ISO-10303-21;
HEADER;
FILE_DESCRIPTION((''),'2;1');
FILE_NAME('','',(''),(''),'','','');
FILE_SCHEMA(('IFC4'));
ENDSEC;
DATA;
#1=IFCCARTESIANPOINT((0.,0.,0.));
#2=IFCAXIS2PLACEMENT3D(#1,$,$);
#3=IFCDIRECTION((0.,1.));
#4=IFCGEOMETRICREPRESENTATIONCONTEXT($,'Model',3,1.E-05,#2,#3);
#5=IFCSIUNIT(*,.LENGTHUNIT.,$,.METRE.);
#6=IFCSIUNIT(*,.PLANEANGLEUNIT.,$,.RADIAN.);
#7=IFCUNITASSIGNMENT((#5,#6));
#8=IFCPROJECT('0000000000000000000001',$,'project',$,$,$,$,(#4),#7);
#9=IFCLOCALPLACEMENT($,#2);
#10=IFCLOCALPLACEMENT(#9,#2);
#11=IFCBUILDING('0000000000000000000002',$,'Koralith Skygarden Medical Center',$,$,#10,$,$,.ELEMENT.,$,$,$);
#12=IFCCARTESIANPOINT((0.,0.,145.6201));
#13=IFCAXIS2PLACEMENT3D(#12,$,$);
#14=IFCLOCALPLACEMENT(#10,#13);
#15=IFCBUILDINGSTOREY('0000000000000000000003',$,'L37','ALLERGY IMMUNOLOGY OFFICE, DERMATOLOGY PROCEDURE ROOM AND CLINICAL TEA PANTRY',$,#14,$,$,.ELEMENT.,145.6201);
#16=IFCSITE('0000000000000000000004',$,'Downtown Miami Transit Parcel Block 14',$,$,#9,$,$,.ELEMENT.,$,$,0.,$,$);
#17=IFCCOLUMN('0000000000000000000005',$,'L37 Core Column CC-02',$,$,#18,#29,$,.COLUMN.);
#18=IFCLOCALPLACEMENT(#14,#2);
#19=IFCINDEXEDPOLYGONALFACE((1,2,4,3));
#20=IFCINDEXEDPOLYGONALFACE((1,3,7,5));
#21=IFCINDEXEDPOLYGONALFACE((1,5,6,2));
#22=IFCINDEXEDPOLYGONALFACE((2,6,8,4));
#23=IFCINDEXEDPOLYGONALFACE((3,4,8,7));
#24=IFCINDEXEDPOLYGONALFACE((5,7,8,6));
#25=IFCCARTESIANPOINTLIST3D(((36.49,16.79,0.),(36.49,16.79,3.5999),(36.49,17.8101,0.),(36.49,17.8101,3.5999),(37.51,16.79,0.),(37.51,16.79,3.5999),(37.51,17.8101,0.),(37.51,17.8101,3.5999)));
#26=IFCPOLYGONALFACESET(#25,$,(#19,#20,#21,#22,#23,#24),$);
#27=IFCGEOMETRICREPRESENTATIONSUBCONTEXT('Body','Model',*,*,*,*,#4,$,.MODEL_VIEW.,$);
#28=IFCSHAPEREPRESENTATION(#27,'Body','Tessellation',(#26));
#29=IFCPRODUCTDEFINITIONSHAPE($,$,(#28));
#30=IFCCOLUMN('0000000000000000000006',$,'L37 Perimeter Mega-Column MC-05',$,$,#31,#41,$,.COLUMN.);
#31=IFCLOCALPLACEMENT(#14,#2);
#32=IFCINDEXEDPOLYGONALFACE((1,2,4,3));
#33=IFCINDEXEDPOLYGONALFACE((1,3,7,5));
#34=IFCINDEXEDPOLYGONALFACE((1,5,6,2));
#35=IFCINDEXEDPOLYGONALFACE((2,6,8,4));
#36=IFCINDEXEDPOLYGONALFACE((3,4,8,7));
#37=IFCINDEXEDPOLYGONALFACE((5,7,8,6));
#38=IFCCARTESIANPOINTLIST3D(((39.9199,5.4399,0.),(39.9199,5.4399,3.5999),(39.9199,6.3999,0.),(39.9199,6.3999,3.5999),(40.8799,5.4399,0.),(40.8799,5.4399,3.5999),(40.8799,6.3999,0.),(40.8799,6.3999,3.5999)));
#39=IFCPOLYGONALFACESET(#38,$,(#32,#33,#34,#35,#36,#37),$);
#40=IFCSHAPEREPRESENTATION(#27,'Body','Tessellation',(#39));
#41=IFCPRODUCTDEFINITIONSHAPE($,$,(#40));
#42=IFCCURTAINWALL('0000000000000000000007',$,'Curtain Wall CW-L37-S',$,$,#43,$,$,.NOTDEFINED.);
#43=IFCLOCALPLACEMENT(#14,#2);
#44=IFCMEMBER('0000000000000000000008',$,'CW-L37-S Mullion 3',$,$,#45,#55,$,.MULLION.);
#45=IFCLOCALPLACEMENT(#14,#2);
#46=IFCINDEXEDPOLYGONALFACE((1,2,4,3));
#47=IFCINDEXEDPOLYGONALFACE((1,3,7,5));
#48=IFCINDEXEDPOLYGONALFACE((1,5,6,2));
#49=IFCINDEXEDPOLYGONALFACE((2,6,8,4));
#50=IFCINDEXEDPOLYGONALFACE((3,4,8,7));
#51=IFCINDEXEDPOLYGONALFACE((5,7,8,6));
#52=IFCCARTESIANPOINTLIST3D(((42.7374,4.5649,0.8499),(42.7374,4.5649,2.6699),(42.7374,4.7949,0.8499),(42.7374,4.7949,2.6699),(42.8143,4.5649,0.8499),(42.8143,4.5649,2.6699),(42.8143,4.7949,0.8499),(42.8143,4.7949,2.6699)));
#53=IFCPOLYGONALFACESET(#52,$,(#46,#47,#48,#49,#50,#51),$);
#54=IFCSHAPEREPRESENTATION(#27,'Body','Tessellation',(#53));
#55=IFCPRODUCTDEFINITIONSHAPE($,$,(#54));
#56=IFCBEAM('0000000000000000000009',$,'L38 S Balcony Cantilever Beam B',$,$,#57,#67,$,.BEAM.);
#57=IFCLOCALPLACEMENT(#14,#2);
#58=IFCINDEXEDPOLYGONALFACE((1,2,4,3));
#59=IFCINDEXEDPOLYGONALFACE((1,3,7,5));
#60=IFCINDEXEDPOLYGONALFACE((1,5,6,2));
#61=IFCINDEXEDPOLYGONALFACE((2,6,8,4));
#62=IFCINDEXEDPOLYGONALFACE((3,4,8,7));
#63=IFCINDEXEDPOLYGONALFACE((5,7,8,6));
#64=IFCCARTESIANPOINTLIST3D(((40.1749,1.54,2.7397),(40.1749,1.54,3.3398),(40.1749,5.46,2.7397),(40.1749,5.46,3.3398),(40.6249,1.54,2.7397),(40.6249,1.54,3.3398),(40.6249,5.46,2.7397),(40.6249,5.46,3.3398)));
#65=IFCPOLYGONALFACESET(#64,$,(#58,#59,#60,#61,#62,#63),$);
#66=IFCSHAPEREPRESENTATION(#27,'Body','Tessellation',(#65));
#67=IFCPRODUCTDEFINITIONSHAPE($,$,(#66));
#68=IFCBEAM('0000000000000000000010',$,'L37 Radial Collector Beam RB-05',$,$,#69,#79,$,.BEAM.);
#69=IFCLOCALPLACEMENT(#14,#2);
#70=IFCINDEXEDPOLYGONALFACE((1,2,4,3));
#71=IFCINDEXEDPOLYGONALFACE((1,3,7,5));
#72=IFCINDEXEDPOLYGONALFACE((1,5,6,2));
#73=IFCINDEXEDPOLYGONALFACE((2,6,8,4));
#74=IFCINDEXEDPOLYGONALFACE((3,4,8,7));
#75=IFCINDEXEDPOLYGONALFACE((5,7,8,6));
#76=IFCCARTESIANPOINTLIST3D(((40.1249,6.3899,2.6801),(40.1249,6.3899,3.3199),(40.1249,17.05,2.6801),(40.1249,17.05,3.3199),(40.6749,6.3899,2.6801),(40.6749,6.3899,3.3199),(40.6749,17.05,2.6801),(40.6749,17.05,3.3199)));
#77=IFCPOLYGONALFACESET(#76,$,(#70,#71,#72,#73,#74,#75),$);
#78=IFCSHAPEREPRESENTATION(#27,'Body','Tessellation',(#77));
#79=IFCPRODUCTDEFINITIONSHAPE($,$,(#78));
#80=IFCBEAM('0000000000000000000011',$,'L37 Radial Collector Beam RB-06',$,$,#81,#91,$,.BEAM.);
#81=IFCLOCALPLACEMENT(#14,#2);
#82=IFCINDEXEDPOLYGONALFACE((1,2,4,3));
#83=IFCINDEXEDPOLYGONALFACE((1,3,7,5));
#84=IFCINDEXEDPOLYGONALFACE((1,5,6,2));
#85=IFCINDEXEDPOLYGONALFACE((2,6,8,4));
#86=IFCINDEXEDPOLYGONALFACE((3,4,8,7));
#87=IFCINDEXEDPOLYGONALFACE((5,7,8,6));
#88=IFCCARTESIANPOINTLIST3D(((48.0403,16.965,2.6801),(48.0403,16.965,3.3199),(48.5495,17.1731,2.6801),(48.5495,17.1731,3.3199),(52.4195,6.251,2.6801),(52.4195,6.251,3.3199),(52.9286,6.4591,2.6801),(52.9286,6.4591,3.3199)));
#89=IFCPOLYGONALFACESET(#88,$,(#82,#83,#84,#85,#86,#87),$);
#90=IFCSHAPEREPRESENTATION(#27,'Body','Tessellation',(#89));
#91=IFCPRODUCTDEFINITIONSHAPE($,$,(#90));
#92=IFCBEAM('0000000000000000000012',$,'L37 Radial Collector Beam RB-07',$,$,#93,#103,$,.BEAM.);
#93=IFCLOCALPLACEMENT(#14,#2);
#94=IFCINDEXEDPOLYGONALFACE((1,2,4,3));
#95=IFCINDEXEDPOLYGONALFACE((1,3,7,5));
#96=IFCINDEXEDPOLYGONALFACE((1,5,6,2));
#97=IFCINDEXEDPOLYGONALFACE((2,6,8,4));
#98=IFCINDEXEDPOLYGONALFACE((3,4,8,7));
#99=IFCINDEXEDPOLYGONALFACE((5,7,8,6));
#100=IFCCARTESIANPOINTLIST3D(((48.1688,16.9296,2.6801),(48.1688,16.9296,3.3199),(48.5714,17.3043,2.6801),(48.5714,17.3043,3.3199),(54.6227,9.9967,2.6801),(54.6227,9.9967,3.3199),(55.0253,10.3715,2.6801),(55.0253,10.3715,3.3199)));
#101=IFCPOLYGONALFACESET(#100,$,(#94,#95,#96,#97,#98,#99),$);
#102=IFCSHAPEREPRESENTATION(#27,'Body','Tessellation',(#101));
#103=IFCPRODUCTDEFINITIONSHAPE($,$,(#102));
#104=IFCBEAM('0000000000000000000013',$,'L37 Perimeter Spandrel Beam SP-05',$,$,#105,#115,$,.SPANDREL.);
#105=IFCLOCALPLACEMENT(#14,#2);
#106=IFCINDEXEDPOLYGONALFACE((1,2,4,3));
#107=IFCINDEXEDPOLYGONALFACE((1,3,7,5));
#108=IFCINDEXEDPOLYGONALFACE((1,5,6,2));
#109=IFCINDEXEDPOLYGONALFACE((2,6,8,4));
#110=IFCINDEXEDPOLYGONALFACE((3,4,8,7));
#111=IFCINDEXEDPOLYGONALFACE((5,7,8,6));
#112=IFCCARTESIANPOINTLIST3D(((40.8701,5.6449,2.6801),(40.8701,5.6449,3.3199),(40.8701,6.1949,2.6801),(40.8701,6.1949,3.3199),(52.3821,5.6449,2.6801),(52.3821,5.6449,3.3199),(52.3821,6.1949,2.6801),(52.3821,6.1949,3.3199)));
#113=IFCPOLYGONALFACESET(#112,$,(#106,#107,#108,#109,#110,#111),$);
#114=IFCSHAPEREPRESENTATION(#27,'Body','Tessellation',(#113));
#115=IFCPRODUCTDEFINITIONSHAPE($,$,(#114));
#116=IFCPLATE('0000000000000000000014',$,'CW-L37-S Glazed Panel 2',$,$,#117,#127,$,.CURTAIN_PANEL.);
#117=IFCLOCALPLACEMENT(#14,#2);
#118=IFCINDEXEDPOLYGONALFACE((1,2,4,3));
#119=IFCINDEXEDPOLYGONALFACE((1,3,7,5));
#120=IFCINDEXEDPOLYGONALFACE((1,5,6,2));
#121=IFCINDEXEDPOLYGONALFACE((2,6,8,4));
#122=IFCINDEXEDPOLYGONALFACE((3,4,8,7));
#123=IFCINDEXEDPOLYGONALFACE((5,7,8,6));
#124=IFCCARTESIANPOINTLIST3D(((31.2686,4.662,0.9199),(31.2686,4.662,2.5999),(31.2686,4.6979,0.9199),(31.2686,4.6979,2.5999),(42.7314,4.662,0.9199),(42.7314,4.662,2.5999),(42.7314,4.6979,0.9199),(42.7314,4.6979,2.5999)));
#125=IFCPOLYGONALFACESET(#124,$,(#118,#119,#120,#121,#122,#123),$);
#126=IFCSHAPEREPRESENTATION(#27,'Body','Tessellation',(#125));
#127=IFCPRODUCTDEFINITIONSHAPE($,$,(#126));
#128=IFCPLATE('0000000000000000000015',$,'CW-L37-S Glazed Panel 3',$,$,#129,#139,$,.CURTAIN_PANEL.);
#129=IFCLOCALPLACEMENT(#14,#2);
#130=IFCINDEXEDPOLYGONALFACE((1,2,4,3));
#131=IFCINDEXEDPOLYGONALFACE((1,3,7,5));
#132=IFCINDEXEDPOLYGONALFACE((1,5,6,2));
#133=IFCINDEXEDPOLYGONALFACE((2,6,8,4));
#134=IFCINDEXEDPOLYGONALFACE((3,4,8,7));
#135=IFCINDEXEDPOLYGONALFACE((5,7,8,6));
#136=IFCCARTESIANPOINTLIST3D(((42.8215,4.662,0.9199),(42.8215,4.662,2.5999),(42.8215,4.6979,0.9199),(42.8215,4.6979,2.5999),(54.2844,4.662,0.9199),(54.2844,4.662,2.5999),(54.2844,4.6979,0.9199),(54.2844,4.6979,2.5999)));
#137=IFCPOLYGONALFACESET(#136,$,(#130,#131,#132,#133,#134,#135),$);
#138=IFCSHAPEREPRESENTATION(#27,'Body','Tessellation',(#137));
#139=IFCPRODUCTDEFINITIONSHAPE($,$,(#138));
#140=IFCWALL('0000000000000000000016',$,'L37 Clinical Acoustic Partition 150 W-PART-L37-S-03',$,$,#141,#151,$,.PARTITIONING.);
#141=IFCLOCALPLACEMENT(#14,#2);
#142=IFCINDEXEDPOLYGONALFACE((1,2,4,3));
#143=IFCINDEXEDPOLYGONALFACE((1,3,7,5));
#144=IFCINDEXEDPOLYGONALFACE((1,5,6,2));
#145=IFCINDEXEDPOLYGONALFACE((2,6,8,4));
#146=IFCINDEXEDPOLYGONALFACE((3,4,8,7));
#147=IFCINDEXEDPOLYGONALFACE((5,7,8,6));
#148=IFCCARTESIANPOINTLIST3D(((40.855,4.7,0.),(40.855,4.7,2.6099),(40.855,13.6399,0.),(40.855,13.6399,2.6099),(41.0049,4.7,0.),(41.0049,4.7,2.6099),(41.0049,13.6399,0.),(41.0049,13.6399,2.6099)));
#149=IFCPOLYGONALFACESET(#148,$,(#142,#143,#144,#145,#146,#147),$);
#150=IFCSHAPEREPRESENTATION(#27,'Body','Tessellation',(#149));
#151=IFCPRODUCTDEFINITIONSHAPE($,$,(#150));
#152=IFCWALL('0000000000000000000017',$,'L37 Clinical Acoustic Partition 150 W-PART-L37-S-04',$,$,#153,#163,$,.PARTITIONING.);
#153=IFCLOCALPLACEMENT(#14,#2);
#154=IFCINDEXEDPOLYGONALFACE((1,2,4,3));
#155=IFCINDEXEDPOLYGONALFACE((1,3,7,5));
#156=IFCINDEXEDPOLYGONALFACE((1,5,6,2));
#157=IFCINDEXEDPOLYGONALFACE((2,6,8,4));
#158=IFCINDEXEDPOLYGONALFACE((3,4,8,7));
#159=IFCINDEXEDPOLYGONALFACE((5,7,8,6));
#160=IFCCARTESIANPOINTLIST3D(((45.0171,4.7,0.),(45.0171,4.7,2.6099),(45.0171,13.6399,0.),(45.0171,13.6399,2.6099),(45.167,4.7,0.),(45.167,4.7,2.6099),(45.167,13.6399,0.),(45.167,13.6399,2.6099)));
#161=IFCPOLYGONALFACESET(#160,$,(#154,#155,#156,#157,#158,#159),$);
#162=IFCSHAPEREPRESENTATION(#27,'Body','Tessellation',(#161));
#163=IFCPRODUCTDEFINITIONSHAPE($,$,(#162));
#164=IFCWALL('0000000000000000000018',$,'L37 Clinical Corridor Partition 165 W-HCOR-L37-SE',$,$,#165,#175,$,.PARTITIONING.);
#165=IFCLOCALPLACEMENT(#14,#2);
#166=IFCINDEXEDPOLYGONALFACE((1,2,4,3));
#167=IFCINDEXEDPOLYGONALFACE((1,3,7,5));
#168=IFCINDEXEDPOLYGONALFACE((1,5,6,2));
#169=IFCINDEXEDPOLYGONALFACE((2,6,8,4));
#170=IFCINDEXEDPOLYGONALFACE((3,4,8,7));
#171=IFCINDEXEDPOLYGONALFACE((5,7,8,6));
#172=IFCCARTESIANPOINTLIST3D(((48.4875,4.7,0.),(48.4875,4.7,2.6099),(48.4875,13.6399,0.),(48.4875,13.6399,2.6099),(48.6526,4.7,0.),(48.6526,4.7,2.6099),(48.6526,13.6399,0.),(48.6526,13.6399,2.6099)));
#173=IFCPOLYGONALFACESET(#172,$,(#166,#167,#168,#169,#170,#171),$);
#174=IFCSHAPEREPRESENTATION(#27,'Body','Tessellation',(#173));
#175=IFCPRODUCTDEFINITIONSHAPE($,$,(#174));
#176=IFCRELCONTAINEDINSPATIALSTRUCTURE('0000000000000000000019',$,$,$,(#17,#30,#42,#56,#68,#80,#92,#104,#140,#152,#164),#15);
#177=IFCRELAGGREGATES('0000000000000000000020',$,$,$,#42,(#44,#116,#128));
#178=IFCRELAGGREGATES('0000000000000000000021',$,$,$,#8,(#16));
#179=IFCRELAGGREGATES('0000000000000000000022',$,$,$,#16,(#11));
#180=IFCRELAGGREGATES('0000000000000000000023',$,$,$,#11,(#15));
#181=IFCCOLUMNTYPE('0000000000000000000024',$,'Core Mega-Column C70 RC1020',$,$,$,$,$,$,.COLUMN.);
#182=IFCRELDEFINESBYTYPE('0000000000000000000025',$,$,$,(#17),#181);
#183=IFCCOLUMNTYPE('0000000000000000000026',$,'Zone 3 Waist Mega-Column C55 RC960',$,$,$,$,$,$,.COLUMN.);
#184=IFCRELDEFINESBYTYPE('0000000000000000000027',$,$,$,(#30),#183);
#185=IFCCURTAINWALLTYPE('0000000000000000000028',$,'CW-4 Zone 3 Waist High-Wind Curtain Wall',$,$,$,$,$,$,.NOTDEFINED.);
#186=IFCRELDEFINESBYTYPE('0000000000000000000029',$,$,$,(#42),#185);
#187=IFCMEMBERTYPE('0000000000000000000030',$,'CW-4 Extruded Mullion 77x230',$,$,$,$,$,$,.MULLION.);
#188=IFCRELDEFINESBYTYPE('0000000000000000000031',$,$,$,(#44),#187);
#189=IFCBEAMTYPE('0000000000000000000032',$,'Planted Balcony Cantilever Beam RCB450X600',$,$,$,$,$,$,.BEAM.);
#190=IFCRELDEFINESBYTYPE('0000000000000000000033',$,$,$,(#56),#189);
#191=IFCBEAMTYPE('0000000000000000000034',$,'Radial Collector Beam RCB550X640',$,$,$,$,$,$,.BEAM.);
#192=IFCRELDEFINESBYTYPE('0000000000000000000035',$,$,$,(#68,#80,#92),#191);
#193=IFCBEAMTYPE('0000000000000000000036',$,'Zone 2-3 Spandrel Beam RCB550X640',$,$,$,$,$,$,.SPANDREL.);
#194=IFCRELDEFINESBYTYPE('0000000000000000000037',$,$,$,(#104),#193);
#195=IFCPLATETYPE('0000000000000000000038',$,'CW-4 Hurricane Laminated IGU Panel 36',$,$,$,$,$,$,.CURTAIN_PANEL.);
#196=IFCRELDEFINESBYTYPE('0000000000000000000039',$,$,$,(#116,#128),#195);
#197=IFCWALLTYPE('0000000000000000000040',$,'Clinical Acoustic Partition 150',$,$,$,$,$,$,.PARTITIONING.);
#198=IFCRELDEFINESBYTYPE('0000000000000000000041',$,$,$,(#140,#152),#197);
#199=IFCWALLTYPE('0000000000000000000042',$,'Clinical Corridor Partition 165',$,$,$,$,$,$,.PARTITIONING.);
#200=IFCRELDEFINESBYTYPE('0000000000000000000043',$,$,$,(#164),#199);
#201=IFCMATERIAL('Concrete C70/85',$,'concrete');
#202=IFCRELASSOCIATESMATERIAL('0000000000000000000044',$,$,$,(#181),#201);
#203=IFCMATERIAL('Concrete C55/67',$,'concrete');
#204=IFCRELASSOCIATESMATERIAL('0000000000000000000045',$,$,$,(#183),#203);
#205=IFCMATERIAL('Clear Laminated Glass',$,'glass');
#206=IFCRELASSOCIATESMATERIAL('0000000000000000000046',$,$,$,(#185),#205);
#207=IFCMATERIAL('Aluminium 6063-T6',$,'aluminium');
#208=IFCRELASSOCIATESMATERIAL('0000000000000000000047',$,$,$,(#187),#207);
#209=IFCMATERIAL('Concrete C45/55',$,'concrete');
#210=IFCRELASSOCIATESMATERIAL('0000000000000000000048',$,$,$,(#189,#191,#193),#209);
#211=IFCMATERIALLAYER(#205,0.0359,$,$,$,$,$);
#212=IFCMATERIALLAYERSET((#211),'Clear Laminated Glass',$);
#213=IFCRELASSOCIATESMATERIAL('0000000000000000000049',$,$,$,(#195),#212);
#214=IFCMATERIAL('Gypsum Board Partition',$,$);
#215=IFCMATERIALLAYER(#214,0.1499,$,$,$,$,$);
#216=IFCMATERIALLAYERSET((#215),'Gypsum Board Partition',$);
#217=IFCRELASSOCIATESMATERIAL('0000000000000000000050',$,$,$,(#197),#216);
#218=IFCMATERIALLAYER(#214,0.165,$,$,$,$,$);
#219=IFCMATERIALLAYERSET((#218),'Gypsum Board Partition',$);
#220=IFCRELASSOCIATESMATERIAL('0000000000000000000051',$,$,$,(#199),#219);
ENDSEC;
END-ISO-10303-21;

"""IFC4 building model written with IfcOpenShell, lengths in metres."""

from ifc_helpers import new_model, si_unit, direction, frame, frame_2d, origin, origin_2d, place, context, subcontext, project, spatial, rectangle, extrude, material, layer, layer_set, material_profile, profile_set, type_object, element, aggregate, save


model = new_model("IFC4")

# Units and contexts
model_context = context("Model", 3, precision=1e-05, world=origin(), true_north=direction((0.0, 1.0)))
body_context = subcontext(model_context, "Body", "Model", "MODEL_VIEW")
ifc_project = project(units=[si_unit("LENGTHUNIT", "METRE"), si_unit("PLANEANGLEUNIT", "RADIAN")], contexts=[model_context])

# Site, building, storey
site_placement = place(None, origin())
site = spatial("IfcSite", under=ifc_project, at=site_placement, Name="Downtown Miami Transit Parcel Block 14", CompositionType="ELEMENT", RefElevation=0.0)
building_placement = place(site_placement, origin())
building = spatial("IfcBuilding", under=site, at=building_placement, Name="Koralith Skygarden Medical Center", CompositionType="ELEMENT")
storey_placement = place(building_placement, frame((0.0, 0.0, 145.6201)))
storey = spatial("IfcBuildingStorey", under=building, at=storey_placement, Name="L37", Description="ALLERGY IMMUNOLOGY OFFICE, DERMATOLOGY PROCEDURE ROOM AND CLINICAL TEA PANTRY", CompositionType="ELEMENT", Elevation=145.6201)

# Columns
ifc_material_1 = material(Name="Concrete C70/85", Category="concrete")
ifc_material_profile_1 = material_profile(ifc_material_1, rectangle(XDim=1.02, YDim=1.02, at=origin_2d()), Name="RC1020X1020")
ifc_profile_set_1 = profile_set([ifc_material_profile_1], Name="Concrete C70/85")
column_type_1 = type_object("IfcColumnType", Name="Core Mega-Column C70 RC1020", PredefinedType="COLUMN", material=ifc_profile_set_1)
column_1_placement = place(storey_placement, frame((37.0, 17.3, 0.0), z_axis=(0.0, 0.0, 1.0), x_axis=(1.0, 0.0, 0.0)))
element("IfcColumn", 1, at=column_1_placement, inside=storey, type_object=column_type_1, Name="L37 Core Column CC-02", PredefinedType="COLUMN", context=body_context, shape_type="SweptSolid", body=[
    extrude(rectangle(XDim=1.02, YDim=1.02, at=origin_2d()), origin(), (0.0, 0.0, 1.0), 3.5999),
])
ifc_material_2 = material(Name="Concrete C55/67", Category="concrete")
ifc_material_profile_2 = material_profile(ifc_material_2, rectangle(XDim=0.96, YDim=0.96, at=origin_2d()), Name="RC960X960")
ifc_profile_set_2 = profile_set([ifc_material_profile_2], Name="Concrete C55/67")
column_type_2 = type_object("IfcColumnType", Name="Zone 3 Waist Mega-Column C55 RC960", PredefinedType="COLUMN", material=ifc_profile_set_2)
column_2_placement = place(storey_placement, frame((40.3999, 5.9199, 0.0), z_axis=(0.0, 0.0, 1.0), x_axis=(1.0, 0.0, 0.0)))
element("IfcColumn", 2, at=column_2_placement, inside=storey, type_object=column_type_2, Name="L37 Perimeter Mega-Column MC-05", PredefinedType="COLUMN", context=body_context, shape_type="SweptSolid", body=[
    extrude(rectangle(XDim=0.96, YDim=0.96, at=origin_2d()), origin(), (0.0, 0.0, 1.0), 3.5999),
])

# Curtain wall, member
ifc_material_3 = material(Name="Clear Laminated Glass", Category="glass")
curtain_wall_type = type_object("IfcCurtainWallType", Name="CW-4 Zone 3 Waist High-Wind Curtain Wall", PredefinedType="NOTDEFINED", material=ifc_material_3)
curtain_wall_placement = place(storey_placement, origin())
curtain_wall = element("IfcCurtainWall", 3, at=curtain_wall_placement, inside=storey, type_object=curtain_wall_type, Name="Curtain Wall CW-L37-S", PredefinedType="NOTDEFINED")
ifc_material_4 = material(Name="Aluminium 6063-T6", Category="aluminium")
ifc_material_profile_3 = material_profile(ifc_material_4, rectangle(XDim=0.0769, YDim=0.23, at=origin_2d()), Name="MUL77X230")
ifc_profile_set_3 = profile_set([ifc_material_profile_3], Name="Aluminium 6063-T6")
member_type = type_object("IfcMemberType", Name="CW-4 Extruded Mullion 77x230", PredefinedType="MULLION", material=ifc_profile_set_3)
member_placement = place(storey_placement, frame((42.7759, 4.6799, 0.8499), z_axis=(0.0, 0.0, 1.0), x_axis=(1.0, 0.0, 0.0)))
member = element("IfcMember", 4, at=member_placement, type_object=member_type, Name="CW-L37-S Mullion 3", PredefinedType="MULLION", context=body_context, shape_type="SweptSolid", body=[
    extrude(rectangle(XDim=0.0769, YDim=0.23, at=origin_2d()), origin(), (0.0, 0.0, 1.0), 1.8201),
])

# Beams
ifc_material_5 = material(Name="Concrete C45/55", Category="concrete")
ifc_material_profile_4 = material_profile(ifc_material_5, rectangle(XDim=0.45, YDim=0.6001, at=origin_2d()), Name="RCB450X600")
ifc_profile_set_4 = profile_set([ifc_material_profile_4], Name="Concrete C45/55")
beam_type_1 = type_object("IfcBeamType", Name="Planted Balcony Cantilever Beam RCB450X600", PredefinedType="BEAM", material=ifc_profile_set_4)
beam_1_placement = place(storey_placement, frame((40.3999, 5.46, 3.0398), z_axis=(0.0, -1.0, 0.0), x_axis=(1.0, 0.0, 0.0)))
element("IfcBeam", 5, at=beam_1_placement, inside=storey, type_object=beam_type_1, Name="L38 S Balcony Cantilever Beam B", PredefinedType="BEAM", context=body_context, shape_type="SweptSolid", body=[
    extrude(rectangle(XDim=0.45, YDim=0.6001, at=origin_2d()), origin(), (0.0, 0.0, 1.0), 3.9199),
])
ifc_material_profile_5 = material_profile(ifc_material_5, rectangle(XDim=0.55, YDim=0.6399, at=origin_2d()), Name="RCB550X640")
ifc_profile_set_5 = profile_set([ifc_material_profile_5], Name="Concrete C45/55")
beam_type_2 = type_object("IfcBeamType", Name="Radial Collector Beam RCB550X640", PredefinedType="BEAM", material=ifc_profile_set_5)
beam_2_placement = place(storey_placement, frame((40.3999, 17.05, 3.0), z_axis=(0.0, -1.0, 0.0), x_axis=(1.0, 0.0, 0.0)))
element("IfcBeam", 6, at=beam_2_placement, inside=storey, type_object=beam_type_2, Name="L37 Radial Collector Beam RB-05", PredefinedType="BEAM", context=body_context, shape_type="SweptSolid", body=[
    extrude(rectangle(XDim=0.55, YDim=0.6399, at=origin_2d()), origin(), (0.0, 0.0, 1.0), 10.6602),
])
beam_3_placement = place(storey_placement, frame((48.2949, 17.0691, 3.0), z_axis=(0.378345, -0.925665, 0.0), x_axis=(0.925665, 0.378345, 0.0)))
element("IfcBeam", 7, at=beam_3_placement, inside=storey, type_object=beam_type_2, Name="L37 Radial Collector Beam RB-06", PredefinedType="BEAM", context=body_context, shape_type="SweptSolid", body=[
    extrude(rectangle(XDim=0.55, YDim=0.6399, at=origin_2d()), origin(), (0.0, 0.0, 1.0), 11.5745),
])
beam_4_placement = place(storey_placement, frame((48.3701, 17.1169, 3.0), z_axis=(0.681369, -0.73194, 0.0), x_axis=(0.73194, 0.681369, 0.0)))
element("IfcBeam", 8, at=beam_4_placement, inside=storey, type_object=beam_type_2, Name="L37 Radial Collector Beam RB-07", PredefinedType="BEAM", context=body_context, shape_type="SweptSolid", body=[
    extrude(rectangle(XDim=0.55, YDim=0.6399, at=origin_2d()), origin(), (0.0, 0.0, 1.0), 9.4719),
])
ifc_material_profile_6 = material_profile(ifc_material_5, rectangle(XDim=0.55, YDim=0.6399, at=origin_2d()), Name="RCB550X640")
ifc_profile_set_6 = profile_set([ifc_material_profile_6], Name="Concrete C45/55")
beam_type_3 = type_object("IfcBeamType", Name="Zone 2-3 Spandrel Beam RCB550X640", PredefinedType="SPANDREL", material=ifc_profile_set_6)
beam_5_placement = place(storey_placement, frame((40.8701, 5.9199, 3.0), z_axis=(1.0, 0.0, 0.0), x_axis=(0.0, 1.0, 0.0)))
element("IfcBeam", 9, at=beam_5_placement, inside=storey, type_object=beam_type_3, Name="L37 Perimeter Spandrel Beam SP-05", PredefinedType="SPANDREL", context=body_context, shape_type="SweptSolid", body=[
    extrude(rectangle(XDim=0.55, YDim=0.6399, at=origin_2d()), origin(), (0.0, 0.0, 1.0), 11.512),
])

# Plates
ifc_layer_1 = layer(ifc_material_3, 0.0359)
ifc_layer_set_1 = layer_set([ifc_layer_1], Name="Clear Laminated Glass")
plate_type = type_object("IfcPlateType", Name="CW-4 Hurricane Laminated IGU Panel 36", PredefinedType="CURTAIN_PANEL", material=ifc_layer_set_1)
plate_1_placement = place(storey_placement, frame((37.0, 4.6799, 0.9199), z_axis=(0.0, 0.0, 1.0), x_axis=(1.0, 0.0, 0.0)))
plate_1 = element("IfcPlate", 10, at=plate_1_placement, type_object=plate_type, Name="CW-L37-S Glazed Panel 2", PredefinedType="CURTAIN_PANEL", context=body_context, shape_type="SweptSolid", body=[
    extrude(rectangle(XDim=11.4629, YDim=0.0359, at=origin_2d()), origin(), (0.0, 0.0, 1.0), 1.6799),
])
plate_2_placement = place(storey_placement, frame((48.553, 4.6799, 0.9199), z_axis=(0.0, 0.0, 1.0), x_axis=(1.0, 0.0, 0.0)))
plate_2 = element("IfcPlate", 11, at=plate_2_placement, type_object=plate_type, Name="CW-L37-S Glazed Panel 3", PredefinedType="CURTAIN_PANEL", context=body_context, shape_type="SweptSolid", body=[
    extrude(rectangle(XDim=11.4629, YDim=0.0359, at=origin_2d()), origin(), (0.0, 0.0, 1.0), 1.6799),
])
aggregate(curtain_wall, [member, plate_1, plate_2])

# Walls
ifc_material_6 = material(Name="Gypsum Board Partition")
ifc_layer_2 = layer(ifc_material_6, 0.1499)
ifc_layer_set_2 = layer_set([ifc_layer_2], Name="Gypsum Board Partition")
wall_type_1 = type_object("IfcWallType", Name="Clinical Acoustic Partition 150", PredefinedType="PARTITIONING", material=ifc_layer_set_2)
for number, where, z_axis, x_axis, name in (
    (12, (40.9299, 13.6399, 0.0), (0.0, 0.0, 1.0), (0.0, -1.0, 0.0), "L37 Clinical Acoustic Partition 150 W-PART-L37-S-03"),
    (13, (45.092, 13.6399, 0.0), (0.0, 0.0, 1.0), (0.0, -1.0, 0.0), "L37 Clinical Acoustic Partition 150 W-PART-L37-S-04"),
):
    element("IfcWall", number, at=place(storey_placement, frame(where, z_axis=z_axis, x_axis=x_axis)), inside=storey, type_object=wall_type_1, Name=name, PredefinedType="PARTITIONING", context=body_context, shape_type="SweptSolid", body=[
        extrude(rectangle(XDim=8.9399, YDim=0.1499, at=frame_2d((4.47, 0.0))), origin(), (0.0, 0.0, 1.0), 2.6099),
    ])
ifc_layer_3 = layer(ifc_material_6, 0.165)
ifc_layer_set_3 = layer_set([ifc_layer_3], Name="Gypsum Board Partition")
wall_type_2 = type_object("IfcWallType", Name="Clinical Corridor Partition 165", PredefinedType="PARTITIONING", material=ifc_layer_set_3)
wall_1_placement = place(storey_placement, frame((48.5701, 4.7, 0.0), z_axis=(0.0, 0.0, 1.0), x_axis=(0.0, 1.0, 0.0)))
element("IfcWall", 14, at=wall_1_placement, inside=storey, type_object=wall_type_2, Name="L37 Clinical Corridor Partition 165 W-HCOR-L37-SE", PredefinedType="PARTITIONING", context=body_context, shape_type="SweptSolid", body=[
    extrude(rectangle(XDim=8.9399, YDim=0.165, at=frame_2d((4.47, 0.0))), origin(), (0.0, 0.0, 1.0), 2.6099),
])

save(model, "model.ifc")
